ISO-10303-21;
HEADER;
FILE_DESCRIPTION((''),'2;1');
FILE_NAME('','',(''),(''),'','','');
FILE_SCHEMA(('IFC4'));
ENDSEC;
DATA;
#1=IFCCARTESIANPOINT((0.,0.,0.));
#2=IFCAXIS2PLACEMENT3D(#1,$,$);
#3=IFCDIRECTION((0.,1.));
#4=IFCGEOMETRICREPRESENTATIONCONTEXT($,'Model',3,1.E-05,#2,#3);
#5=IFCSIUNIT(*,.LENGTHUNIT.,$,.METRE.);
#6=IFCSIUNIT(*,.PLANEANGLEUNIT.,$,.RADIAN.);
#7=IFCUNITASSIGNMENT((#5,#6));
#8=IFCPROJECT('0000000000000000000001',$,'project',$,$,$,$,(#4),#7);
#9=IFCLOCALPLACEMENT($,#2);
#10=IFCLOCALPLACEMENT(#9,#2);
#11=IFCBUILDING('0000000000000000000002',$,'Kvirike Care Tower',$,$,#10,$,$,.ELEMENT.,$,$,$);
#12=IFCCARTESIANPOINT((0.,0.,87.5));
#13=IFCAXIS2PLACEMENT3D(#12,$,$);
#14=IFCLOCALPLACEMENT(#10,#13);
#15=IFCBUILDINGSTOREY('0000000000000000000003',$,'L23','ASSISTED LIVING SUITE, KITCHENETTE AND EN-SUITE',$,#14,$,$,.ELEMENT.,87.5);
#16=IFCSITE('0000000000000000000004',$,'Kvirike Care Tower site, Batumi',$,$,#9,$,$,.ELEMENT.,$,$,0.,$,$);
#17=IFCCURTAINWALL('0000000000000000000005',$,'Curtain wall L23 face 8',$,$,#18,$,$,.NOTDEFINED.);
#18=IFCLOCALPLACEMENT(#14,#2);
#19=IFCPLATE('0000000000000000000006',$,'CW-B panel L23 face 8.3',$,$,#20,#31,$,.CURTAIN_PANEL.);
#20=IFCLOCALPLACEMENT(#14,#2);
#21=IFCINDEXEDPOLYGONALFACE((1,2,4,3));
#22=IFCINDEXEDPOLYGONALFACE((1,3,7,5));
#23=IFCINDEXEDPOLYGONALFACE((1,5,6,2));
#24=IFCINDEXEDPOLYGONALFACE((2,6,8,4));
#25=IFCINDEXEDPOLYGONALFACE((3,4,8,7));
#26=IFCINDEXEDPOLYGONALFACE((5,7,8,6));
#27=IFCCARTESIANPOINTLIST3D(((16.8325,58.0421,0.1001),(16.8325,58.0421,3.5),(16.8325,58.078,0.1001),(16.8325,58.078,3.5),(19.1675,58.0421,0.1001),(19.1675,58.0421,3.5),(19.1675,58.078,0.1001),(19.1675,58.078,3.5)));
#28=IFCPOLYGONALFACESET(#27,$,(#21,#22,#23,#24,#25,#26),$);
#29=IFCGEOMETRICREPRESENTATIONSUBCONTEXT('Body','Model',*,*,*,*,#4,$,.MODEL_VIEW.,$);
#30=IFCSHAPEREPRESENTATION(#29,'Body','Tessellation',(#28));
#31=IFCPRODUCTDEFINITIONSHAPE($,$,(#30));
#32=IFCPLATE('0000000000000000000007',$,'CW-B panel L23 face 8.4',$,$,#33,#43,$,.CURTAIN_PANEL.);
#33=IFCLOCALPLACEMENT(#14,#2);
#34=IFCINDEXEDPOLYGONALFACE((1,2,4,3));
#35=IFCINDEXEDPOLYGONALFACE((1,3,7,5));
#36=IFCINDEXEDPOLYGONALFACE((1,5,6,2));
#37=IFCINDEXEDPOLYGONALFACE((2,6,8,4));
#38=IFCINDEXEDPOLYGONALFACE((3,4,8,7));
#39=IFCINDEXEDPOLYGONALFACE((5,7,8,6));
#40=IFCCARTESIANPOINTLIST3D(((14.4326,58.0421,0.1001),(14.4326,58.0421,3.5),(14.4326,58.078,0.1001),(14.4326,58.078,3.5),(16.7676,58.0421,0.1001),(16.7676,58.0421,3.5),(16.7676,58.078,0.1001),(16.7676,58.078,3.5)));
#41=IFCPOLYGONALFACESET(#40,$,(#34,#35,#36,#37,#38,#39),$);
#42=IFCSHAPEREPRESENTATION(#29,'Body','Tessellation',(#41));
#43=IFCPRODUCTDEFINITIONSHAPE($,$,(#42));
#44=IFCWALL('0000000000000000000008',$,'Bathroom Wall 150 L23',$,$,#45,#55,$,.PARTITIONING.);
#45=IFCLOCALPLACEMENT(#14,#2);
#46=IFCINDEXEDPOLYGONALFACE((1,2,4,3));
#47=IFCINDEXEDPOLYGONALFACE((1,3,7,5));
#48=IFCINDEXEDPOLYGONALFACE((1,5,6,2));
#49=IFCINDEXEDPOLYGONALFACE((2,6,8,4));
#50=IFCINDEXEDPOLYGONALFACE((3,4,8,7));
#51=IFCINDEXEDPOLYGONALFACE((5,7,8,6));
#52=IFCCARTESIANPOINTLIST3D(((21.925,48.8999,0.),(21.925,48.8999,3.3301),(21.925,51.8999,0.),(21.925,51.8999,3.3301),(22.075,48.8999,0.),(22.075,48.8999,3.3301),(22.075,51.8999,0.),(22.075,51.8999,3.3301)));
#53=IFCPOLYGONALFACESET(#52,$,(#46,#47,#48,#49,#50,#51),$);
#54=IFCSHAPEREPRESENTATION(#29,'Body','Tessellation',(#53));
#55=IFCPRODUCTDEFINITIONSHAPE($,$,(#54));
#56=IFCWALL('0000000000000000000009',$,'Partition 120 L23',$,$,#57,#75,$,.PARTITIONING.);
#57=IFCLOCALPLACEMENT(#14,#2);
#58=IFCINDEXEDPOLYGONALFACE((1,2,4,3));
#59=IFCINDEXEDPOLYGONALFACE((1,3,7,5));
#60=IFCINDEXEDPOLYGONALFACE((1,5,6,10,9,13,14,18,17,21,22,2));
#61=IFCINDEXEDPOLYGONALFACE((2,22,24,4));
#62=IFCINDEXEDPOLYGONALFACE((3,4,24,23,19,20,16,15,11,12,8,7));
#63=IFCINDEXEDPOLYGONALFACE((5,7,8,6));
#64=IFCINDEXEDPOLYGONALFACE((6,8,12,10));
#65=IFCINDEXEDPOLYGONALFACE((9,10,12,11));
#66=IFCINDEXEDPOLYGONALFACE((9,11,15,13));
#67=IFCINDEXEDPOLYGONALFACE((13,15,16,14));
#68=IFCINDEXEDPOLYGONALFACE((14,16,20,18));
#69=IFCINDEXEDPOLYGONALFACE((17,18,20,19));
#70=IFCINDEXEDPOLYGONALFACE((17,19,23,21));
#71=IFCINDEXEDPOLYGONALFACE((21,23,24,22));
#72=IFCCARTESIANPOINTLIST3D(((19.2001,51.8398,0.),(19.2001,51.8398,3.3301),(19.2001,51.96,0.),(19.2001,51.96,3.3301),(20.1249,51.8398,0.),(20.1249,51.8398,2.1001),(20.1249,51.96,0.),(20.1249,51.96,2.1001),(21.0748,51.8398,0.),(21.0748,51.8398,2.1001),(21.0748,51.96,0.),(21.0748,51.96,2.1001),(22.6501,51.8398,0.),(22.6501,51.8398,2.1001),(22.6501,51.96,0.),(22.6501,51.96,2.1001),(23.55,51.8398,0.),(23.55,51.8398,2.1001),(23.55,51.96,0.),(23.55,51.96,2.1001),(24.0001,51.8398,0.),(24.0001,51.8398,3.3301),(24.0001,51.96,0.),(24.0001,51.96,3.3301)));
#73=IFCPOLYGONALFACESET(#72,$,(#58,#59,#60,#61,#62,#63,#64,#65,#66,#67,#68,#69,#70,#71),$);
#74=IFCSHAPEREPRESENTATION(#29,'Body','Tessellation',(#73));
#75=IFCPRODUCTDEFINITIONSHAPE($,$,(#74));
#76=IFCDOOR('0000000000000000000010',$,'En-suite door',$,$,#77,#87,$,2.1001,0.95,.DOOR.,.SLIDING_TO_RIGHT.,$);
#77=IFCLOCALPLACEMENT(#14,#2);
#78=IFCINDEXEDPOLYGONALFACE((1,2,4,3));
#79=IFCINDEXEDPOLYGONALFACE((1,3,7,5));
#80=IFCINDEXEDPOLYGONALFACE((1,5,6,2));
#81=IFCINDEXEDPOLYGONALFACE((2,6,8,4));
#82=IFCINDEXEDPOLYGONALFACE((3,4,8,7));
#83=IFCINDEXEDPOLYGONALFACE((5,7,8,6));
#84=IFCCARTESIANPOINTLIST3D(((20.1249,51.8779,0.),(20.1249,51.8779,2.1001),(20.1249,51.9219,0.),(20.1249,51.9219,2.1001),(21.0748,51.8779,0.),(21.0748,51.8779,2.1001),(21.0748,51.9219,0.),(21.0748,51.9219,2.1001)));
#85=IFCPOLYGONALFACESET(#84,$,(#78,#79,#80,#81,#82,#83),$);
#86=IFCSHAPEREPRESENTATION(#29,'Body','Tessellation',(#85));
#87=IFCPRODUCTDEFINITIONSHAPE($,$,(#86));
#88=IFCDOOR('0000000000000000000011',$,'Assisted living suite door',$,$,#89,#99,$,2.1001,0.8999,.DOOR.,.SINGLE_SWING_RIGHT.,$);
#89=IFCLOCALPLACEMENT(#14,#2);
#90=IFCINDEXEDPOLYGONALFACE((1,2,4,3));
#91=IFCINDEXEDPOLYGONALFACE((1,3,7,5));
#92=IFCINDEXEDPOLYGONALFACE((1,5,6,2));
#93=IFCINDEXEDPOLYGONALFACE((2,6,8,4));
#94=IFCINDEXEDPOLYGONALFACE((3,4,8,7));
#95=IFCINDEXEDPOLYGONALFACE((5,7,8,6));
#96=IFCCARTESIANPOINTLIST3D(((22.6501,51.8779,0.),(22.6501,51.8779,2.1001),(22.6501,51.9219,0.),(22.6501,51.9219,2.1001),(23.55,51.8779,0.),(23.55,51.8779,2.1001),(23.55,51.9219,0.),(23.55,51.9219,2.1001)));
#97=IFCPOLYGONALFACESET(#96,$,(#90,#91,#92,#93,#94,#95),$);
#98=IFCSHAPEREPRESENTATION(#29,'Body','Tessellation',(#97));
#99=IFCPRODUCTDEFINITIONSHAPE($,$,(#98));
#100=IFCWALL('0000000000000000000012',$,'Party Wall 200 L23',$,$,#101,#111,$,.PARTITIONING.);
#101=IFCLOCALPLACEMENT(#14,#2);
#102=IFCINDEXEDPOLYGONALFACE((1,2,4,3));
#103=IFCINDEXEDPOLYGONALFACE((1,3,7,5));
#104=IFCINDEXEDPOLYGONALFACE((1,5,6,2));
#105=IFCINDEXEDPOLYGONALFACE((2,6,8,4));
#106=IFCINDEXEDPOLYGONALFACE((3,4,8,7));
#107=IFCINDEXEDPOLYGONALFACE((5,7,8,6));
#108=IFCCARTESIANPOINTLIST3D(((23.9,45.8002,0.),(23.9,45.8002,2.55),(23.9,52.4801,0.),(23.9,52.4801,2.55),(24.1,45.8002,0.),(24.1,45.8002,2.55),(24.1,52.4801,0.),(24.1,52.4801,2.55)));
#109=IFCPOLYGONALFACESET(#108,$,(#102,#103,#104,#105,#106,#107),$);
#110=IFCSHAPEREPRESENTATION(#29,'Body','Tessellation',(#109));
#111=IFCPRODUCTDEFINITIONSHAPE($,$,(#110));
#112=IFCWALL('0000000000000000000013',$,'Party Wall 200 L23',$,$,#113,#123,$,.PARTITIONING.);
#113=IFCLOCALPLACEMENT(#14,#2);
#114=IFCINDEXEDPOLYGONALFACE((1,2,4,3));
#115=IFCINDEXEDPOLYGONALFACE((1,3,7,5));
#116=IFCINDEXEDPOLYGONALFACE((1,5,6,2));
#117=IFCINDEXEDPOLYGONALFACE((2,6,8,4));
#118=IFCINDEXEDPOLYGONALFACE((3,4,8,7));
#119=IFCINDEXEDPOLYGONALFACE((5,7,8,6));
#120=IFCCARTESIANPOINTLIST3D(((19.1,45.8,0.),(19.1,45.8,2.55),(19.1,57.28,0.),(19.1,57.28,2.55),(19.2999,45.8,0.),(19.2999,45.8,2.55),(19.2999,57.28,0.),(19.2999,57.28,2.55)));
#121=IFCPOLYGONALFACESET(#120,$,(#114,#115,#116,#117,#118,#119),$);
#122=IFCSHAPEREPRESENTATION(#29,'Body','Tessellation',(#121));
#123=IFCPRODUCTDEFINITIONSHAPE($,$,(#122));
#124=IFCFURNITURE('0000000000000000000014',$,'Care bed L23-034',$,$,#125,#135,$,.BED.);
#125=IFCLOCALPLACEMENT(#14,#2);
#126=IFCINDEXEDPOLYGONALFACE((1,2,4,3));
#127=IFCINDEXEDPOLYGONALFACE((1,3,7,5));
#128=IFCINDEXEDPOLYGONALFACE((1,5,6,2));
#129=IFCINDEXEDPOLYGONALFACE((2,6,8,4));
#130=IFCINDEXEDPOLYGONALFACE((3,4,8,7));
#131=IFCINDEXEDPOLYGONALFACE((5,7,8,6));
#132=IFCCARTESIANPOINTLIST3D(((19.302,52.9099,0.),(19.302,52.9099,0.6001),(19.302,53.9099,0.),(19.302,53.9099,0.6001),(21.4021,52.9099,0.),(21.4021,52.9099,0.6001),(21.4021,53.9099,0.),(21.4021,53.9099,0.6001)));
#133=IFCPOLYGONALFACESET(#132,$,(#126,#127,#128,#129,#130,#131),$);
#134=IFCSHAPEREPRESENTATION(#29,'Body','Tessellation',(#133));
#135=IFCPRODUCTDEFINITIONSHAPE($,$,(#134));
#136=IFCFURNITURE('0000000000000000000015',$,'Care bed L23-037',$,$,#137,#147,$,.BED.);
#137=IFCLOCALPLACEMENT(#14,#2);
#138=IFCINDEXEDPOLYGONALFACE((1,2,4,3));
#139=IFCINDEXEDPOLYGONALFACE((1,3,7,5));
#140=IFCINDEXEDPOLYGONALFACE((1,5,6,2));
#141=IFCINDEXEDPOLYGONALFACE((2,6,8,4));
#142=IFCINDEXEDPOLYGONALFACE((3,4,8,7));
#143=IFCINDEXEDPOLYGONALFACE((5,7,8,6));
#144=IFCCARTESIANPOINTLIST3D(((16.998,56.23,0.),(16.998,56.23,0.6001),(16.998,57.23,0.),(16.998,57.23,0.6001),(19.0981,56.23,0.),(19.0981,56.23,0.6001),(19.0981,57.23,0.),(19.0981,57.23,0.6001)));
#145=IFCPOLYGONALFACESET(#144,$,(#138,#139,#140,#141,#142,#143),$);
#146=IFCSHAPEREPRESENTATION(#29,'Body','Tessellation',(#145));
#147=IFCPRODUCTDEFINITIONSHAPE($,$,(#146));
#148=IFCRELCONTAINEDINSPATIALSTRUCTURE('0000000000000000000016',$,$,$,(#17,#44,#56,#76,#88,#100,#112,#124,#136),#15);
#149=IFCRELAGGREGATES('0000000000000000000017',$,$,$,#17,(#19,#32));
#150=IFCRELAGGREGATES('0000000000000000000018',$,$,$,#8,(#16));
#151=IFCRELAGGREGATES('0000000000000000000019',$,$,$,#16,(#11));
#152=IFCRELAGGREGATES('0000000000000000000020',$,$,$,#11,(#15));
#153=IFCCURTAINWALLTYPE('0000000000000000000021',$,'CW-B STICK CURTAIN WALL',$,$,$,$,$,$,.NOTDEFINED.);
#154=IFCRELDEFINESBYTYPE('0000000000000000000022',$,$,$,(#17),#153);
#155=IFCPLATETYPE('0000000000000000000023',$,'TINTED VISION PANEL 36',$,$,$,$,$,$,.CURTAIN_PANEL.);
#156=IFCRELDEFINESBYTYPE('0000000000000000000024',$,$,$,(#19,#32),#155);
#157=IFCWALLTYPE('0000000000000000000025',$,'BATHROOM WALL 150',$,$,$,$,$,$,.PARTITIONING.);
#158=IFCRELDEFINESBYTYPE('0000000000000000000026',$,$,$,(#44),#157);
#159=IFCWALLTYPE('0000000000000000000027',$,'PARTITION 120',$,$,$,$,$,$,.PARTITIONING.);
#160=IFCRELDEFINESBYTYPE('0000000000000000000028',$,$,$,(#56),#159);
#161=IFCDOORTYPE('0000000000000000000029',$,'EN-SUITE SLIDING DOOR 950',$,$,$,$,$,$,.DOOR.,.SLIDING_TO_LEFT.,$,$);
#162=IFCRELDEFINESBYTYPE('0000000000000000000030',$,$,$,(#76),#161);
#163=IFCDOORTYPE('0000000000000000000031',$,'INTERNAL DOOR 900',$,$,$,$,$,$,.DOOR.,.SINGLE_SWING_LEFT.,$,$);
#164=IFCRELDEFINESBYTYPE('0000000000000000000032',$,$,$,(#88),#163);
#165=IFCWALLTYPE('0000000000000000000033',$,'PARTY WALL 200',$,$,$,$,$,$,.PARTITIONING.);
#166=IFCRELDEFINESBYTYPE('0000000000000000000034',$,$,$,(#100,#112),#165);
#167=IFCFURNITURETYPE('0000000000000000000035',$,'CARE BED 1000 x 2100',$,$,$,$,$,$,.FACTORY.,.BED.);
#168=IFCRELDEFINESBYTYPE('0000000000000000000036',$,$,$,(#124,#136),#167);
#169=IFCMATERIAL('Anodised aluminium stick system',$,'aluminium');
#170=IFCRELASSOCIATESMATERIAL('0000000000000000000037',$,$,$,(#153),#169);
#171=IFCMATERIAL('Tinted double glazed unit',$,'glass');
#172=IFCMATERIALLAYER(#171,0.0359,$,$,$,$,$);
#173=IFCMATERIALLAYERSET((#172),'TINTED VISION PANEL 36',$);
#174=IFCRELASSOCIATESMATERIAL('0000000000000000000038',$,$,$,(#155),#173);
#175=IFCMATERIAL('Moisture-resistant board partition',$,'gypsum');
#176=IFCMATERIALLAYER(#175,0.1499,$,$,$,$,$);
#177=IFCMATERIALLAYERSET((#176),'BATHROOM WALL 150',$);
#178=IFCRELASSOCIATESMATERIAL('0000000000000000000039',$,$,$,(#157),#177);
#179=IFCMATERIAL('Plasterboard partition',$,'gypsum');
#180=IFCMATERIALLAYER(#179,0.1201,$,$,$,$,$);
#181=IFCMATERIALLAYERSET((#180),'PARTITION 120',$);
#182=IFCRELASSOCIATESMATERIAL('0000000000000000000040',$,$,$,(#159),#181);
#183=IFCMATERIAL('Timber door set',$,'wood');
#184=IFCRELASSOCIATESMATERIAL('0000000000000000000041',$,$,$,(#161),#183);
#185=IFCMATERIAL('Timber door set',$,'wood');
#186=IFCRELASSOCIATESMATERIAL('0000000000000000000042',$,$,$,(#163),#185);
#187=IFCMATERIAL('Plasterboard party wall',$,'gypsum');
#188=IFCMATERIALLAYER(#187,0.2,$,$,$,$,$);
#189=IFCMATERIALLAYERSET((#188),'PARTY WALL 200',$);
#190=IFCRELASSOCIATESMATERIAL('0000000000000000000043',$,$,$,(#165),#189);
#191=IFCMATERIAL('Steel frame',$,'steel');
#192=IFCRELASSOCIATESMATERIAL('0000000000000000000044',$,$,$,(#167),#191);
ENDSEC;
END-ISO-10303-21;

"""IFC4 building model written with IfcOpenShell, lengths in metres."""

from ifc_helpers import new_model, si_unit, direction, frame, frame_2d, origin, origin_2d, place, context, subcontext, project, spatial, rectangle, extrude, material, layer, layer_set, type_object, element, fill, aggregate, save


model = new_model("IFC4")

# Units and contexts
model_context = context("Model", 3, precision=1e-05, world=origin(), true_north=direction((0.0, 1.0)))
body_context = subcontext(model_context, "Body", "Model", "MODEL_VIEW")
ifc_project = project(units=[si_unit("LENGTHUNIT", "METRE"), si_unit("PLANEANGLEUNIT", "RADIAN")], contexts=[model_context])

# Site, building, storey
site_placement = place(None, origin())
site = spatial("IfcSite", under=ifc_project, at=site_placement, Name="Kvirike Care Tower site, Batumi", CompositionType="ELEMENT", RefElevation=0.0)
building_placement = place(site_placement, origin())
building = spatial("IfcBuilding", under=site, at=building_placement, Name="Kvirike Care Tower", CompositionType="ELEMENT")
storey_placement = place(building_placement, frame((0.0, 0.0, 87.5)))
storey = spatial("IfcBuildingStorey", under=building, at=storey_placement, Name="L23", Description="ASSISTED LIVING SUITE, KITCHENETTE AND EN-SUITE", CompositionType="ELEMENT", Elevation=87.5)

# Curtain wall
ifc_material_1 = material(Name="Anodised aluminium stick system", Category="aluminium")
curtain_wall_type = type_object("IfcCurtainWallType", Name="CW-B STICK CURTAIN WALL", PredefinedType="NOTDEFINED", material=ifc_material_1)
curtain_wall_placement = place(storey_placement, origin())
curtain_wall = element("IfcCurtainWall", 1, at=curtain_wall_placement, inside=storey, type_object=curtain_wall_type, Name="Curtain wall L23 face 8", PredefinedType="NOTDEFINED")

# Plates
ifc_material_2 = material(Name="Tinted double glazed unit", Category="glass")
ifc_layer_1 = layer(ifc_material_2, 0.0359)
ifc_layer_set_1 = layer_set([ifc_layer_1], Name="TINTED VISION PANEL 36")
plate_type = type_object("IfcPlateType", Name="TINTED VISION PANEL 36", PredefinedType="CURTAIN_PANEL", material=ifc_layer_set_1)
plate_1_placement = place(storey_placement, frame((18.0, 58.0601, 0.1001), z_axis=(0.0, 0.0, 1.0), x_axis=(-1.0, 0.0, 0.0)))
plate_1 = element("IfcPlate", 2, at=plate_1_placement, type_object=plate_type, Name="CW-B panel L23 face 8.3", PredefinedType="CURTAIN_PANEL", context=body_context, shape_type="SweptSolid", body=[
    extrude(rectangle(XDim=2.335, YDim=0.0359, at=origin_2d()), origin(), (0.0, 0.0, 1.0), 3.3999),
])
plate_2_placement = place(storey_placement, frame((15.6001, 58.0601, 0.1001), z_axis=(0.0, 0.0, 1.0), x_axis=(-1.0, 0.0, 0.0)))
plate_2 = element("IfcPlate", 3, at=plate_2_placement, type_object=plate_type, Name="CW-B panel L23 face 8.4", PredefinedType="CURTAIN_PANEL", context=body_context, shape_type="SweptSolid", body=[
    extrude(rectangle(XDim=2.335, YDim=0.0359, at=origin_2d()), origin(), (0.0, 0.0, 1.0), 3.3999),
])
aggregate(curtain_wall, [plate_1, plate_2])

# Wall
ifc_material_3 = material(Name="Moisture-resistant board partition", Category="gypsum")
ifc_layer_2 = layer(ifc_material_3, 0.1499)
ifc_layer_set_2 = layer_set([ifc_layer_2], Name="BATHROOM WALL 150")
wall_type_1 = type_object("IfcWallType", Name="BATHROOM WALL 150", PredefinedType="PARTITIONING", material=ifc_layer_set_2)
wall_1_placement = place(storey_placement, frame((22.0, 51.8999, 0.0), z_axis=(0.0, 0.0, 1.0), x_axis=(0.0, -1.0, 0.0)))
element("IfcWall", 4, at=wall_1_placement, inside=storey, type_object=wall_type_1, Name="Bathroom Wall 150 L23", PredefinedType="PARTITIONING", context=body_context, shape_type="SweptSolid", body=[
    extrude(rectangle(XDim=3.0, YDim=0.1499, at=frame_2d((1.5, 0.0))), origin(), (0.0, 0.0, 1.0), 3.3301),
])

# Wall, openings, doors
ifc_material_4 = material(Name="Plasterboard partition", Category="gypsum")
ifc_layer_3 = layer(ifc_material_4, 0.1201)
ifc_layer_set_3 = layer_set([ifc_layer_3], Name="PARTITION 120")
wall_type_2 = type_object("IfcWallType", Name="PARTITION 120", PredefinedType="PARTITIONING", material=ifc_layer_set_3)
wall_2_placement = place(storey_placement, frame((24.0, 51.8999, 0.0), z_axis=(0.0, 0.0, 1.0), x_axis=(-1.0, 0.0, 0.0)))
wall_2 = element("IfcWall", 5, at=wall_2_placement, inside=storey, type_object=wall_type_2, Name="Partition 120 L23", PredefinedType="PARTITIONING", context=body_context, shape_type="SweptSolid", body=[
    extrude(rectangle(XDim=4.8, YDim=0.1201, at=frame_2d((2.3999, 0.0))), origin(), (0.0, 0.0, 1.0), 3.3301),
])
opening_1_placement = place(wall_2_placement, frame((0.45, 0.0, 0.0)))
opening_1 = element("IfcOpeningElement", 6, at=opening_1_placement, cuts=wall_2, PredefinedType="OPENING", context=body_context, shape_type="SweptSolid", body=[
    extrude(rectangle(XDim=0.8999, YDim=2.1001, at=frame_2d((0.45, 1.05))), frame((0.0, 0.0706, 0.0), z_axis=(0.0, -1.0, 0.0), x_axis=(1.0, 0.0, 0.0)), (0.0, 0.0, 1.0), 0.1411),
])
opening_2_placement = place(wall_2_placement, frame((2.925, 0.0, 0.0)))
opening_2 = element("IfcOpeningElement", 7, at=opening_2_placement, cuts=wall_2, PredefinedType="OPENING", context=body_context, shape_type="SweptSolid", body=[
    extrude(rectangle(XDim=0.95, YDim=2.1001, at=frame_2d((0.4751, 1.05))), frame((0.0, 0.0706, 0.0), z_axis=(0.0, -1.0, 0.0), x_axis=(1.0, 0.0, 0.0)), (0.0, 0.0, 1.0), 0.1411),
])
ifc_material_5 = material(Name="Timber door set", Category="wood")
door_type_1 = type_object("IfcDoorType", Name="EN-SUITE SLIDING DOOR 950", OperationType="SLIDING_TO_LEFT", PredefinedType="DOOR", material=ifc_material_5)
door_1_placement = place(opening_2_placement, origin())
door_1 = element("IfcDoor", 8, at=door_1_placement, inside=storey, type_object=door_type_1, Name="En-suite door", OperationType="SLIDING_TO_RIGHT", OverallHeight=2.1001, OverallWidth=0.95, PredefinedType="DOOR", context=body_context, shape_type="SweptSolid", body=[
    extrude(rectangle(XDim=0.95, YDim=2.1001, at=frame_2d((0.4751, 1.05))), frame((0.0, 0.022, 0.0), z_axis=(0.0, -1.0, 0.0), x_axis=(1.0, 0.0, 0.0)), (0.0, 0.0, 1.0), 0.0439),
])
fill(opening_2, door_1)
ifc_material_6 = material(Name="Timber door set", Category="wood")
door_type_2 = type_object("IfcDoorType", Name="INTERNAL DOOR 900", OperationType="SINGLE_SWING_LEFT", PredefinedType="DOOR", material=ifc_material_6)
door_2_placement = place(opening_1_placement, origin())
door_2 = element("IfcDoor", 9, at=door_2_placement, inside=storey, type_object=door_type_2, Name="Assisted living suite door", OperationType="SINGLE_SWING_RIGHT", OverallHeight=2.1001, OverallWidth=0.8999, PredefinedType="DOOR", context=body_context, shape_type="SweptSolid", body=[
    extrude(rectangle(XDim=0.8999, YDim=2.1001, at=frame_2d((0.45, 1.05))), frame((0.0, 0.022, 0.0), z_axis=(0.0, -1.0, 0.0), x_axis=(1.0, 0.0, 0.0)), (0.0, 0.0, 1.0), 0.0439),
])
fill(opening_1, door_2)

# Walls
ifc_material_7 = material(Name="Plasterboard party wall", Category="gypsum")
ifc_layer_4 = layer(ifc_material_7, 0.2)
ifc_layer_set_4 = layer_set([ifc_layer_4], Name="PARTY WALL 200")
wall_type_3 = type_object("IfcWallType", Name="PARTY WALL 200", PredefinedType="PARTITIONING", material=ifc_layer_set_4)
wall_3_placement = place(storey_placement, frame((24.0, 52.48, 0.0), z_axis=(0.0, 0.0, 1.0), x_axis=(0.0, -1.0, 0.0)))
element("IfcWall", 10, at=wall_3_placement, inside=storey, type_object=wall_type_3, Name="Party Wall 200 L23", PredefinedType="PARTITIONING", context=body_context, shape_type="SweptSolid", body=[
    extrude(rectangle(XDim=6.6799, YDim=0.2, at=frame_2d((3.3398, 0.0))), origin(), (0.0, 0.0, 1.0), 2.55),
])
wall_4_placement = place(storey_placement, frame((19.2, 57.28, 0.0), z_axis=(0.0, 0.0, 1.0), x_axis=(0.0, -1.0, 0.0)))
element("IfcWall", 11, at=wall_4_placement, inside=storey, type_object=wall_type_3, Name="Party Wall 200 L23", PredefinedType="PARTITIONING", context=body_context, shape_type="SweptSolid", body=[
    extrude(rectangle(XDim=11.48, YDim=0.2, at=frame_2d((5.74, 0.0))), origin(), (0.0, 0.0, 1.0), 2.55),
])

# Furniture
ifc_material_8 = material(Name="Steel frame", Category="steel")
furniture_type = type_object("IfcFurnitureType", Name="CARE BED 1000 x 2100", AssemblyPlace="FACTORY", PredefinedType="BED", material=ifc_material_8)
for number, where, z_axis, x_axis, name in (
    (12, (20.3521, 53.4099, 0.0), (0.0, 0.0, 1.0), (0.0, 1.0, 0.0), "Care bed L23-034"),
    (13, (18.0481, 56.73, 0.0), (0.0, 0.0, 1.0), (0.0, -1.0, 0.0), "Care bed L23-037"),
):
    element("IfcFurniture", number, at=place(storey_placement, frame(where, z_axis=z_axis, x_axis=x_axis)), inside=storey, type_object=furniture_type, Name=name, PredefinedType="BED", context=body_context, shape_type="SweptSolid", body=[
        extrude(rectangle(XDim=1.0, YDim=2.1001, at=origin_2d()), origin(), (0.0, 0.0, 1.0), 0.6001),
    ])

save(model, "model.ifc")
